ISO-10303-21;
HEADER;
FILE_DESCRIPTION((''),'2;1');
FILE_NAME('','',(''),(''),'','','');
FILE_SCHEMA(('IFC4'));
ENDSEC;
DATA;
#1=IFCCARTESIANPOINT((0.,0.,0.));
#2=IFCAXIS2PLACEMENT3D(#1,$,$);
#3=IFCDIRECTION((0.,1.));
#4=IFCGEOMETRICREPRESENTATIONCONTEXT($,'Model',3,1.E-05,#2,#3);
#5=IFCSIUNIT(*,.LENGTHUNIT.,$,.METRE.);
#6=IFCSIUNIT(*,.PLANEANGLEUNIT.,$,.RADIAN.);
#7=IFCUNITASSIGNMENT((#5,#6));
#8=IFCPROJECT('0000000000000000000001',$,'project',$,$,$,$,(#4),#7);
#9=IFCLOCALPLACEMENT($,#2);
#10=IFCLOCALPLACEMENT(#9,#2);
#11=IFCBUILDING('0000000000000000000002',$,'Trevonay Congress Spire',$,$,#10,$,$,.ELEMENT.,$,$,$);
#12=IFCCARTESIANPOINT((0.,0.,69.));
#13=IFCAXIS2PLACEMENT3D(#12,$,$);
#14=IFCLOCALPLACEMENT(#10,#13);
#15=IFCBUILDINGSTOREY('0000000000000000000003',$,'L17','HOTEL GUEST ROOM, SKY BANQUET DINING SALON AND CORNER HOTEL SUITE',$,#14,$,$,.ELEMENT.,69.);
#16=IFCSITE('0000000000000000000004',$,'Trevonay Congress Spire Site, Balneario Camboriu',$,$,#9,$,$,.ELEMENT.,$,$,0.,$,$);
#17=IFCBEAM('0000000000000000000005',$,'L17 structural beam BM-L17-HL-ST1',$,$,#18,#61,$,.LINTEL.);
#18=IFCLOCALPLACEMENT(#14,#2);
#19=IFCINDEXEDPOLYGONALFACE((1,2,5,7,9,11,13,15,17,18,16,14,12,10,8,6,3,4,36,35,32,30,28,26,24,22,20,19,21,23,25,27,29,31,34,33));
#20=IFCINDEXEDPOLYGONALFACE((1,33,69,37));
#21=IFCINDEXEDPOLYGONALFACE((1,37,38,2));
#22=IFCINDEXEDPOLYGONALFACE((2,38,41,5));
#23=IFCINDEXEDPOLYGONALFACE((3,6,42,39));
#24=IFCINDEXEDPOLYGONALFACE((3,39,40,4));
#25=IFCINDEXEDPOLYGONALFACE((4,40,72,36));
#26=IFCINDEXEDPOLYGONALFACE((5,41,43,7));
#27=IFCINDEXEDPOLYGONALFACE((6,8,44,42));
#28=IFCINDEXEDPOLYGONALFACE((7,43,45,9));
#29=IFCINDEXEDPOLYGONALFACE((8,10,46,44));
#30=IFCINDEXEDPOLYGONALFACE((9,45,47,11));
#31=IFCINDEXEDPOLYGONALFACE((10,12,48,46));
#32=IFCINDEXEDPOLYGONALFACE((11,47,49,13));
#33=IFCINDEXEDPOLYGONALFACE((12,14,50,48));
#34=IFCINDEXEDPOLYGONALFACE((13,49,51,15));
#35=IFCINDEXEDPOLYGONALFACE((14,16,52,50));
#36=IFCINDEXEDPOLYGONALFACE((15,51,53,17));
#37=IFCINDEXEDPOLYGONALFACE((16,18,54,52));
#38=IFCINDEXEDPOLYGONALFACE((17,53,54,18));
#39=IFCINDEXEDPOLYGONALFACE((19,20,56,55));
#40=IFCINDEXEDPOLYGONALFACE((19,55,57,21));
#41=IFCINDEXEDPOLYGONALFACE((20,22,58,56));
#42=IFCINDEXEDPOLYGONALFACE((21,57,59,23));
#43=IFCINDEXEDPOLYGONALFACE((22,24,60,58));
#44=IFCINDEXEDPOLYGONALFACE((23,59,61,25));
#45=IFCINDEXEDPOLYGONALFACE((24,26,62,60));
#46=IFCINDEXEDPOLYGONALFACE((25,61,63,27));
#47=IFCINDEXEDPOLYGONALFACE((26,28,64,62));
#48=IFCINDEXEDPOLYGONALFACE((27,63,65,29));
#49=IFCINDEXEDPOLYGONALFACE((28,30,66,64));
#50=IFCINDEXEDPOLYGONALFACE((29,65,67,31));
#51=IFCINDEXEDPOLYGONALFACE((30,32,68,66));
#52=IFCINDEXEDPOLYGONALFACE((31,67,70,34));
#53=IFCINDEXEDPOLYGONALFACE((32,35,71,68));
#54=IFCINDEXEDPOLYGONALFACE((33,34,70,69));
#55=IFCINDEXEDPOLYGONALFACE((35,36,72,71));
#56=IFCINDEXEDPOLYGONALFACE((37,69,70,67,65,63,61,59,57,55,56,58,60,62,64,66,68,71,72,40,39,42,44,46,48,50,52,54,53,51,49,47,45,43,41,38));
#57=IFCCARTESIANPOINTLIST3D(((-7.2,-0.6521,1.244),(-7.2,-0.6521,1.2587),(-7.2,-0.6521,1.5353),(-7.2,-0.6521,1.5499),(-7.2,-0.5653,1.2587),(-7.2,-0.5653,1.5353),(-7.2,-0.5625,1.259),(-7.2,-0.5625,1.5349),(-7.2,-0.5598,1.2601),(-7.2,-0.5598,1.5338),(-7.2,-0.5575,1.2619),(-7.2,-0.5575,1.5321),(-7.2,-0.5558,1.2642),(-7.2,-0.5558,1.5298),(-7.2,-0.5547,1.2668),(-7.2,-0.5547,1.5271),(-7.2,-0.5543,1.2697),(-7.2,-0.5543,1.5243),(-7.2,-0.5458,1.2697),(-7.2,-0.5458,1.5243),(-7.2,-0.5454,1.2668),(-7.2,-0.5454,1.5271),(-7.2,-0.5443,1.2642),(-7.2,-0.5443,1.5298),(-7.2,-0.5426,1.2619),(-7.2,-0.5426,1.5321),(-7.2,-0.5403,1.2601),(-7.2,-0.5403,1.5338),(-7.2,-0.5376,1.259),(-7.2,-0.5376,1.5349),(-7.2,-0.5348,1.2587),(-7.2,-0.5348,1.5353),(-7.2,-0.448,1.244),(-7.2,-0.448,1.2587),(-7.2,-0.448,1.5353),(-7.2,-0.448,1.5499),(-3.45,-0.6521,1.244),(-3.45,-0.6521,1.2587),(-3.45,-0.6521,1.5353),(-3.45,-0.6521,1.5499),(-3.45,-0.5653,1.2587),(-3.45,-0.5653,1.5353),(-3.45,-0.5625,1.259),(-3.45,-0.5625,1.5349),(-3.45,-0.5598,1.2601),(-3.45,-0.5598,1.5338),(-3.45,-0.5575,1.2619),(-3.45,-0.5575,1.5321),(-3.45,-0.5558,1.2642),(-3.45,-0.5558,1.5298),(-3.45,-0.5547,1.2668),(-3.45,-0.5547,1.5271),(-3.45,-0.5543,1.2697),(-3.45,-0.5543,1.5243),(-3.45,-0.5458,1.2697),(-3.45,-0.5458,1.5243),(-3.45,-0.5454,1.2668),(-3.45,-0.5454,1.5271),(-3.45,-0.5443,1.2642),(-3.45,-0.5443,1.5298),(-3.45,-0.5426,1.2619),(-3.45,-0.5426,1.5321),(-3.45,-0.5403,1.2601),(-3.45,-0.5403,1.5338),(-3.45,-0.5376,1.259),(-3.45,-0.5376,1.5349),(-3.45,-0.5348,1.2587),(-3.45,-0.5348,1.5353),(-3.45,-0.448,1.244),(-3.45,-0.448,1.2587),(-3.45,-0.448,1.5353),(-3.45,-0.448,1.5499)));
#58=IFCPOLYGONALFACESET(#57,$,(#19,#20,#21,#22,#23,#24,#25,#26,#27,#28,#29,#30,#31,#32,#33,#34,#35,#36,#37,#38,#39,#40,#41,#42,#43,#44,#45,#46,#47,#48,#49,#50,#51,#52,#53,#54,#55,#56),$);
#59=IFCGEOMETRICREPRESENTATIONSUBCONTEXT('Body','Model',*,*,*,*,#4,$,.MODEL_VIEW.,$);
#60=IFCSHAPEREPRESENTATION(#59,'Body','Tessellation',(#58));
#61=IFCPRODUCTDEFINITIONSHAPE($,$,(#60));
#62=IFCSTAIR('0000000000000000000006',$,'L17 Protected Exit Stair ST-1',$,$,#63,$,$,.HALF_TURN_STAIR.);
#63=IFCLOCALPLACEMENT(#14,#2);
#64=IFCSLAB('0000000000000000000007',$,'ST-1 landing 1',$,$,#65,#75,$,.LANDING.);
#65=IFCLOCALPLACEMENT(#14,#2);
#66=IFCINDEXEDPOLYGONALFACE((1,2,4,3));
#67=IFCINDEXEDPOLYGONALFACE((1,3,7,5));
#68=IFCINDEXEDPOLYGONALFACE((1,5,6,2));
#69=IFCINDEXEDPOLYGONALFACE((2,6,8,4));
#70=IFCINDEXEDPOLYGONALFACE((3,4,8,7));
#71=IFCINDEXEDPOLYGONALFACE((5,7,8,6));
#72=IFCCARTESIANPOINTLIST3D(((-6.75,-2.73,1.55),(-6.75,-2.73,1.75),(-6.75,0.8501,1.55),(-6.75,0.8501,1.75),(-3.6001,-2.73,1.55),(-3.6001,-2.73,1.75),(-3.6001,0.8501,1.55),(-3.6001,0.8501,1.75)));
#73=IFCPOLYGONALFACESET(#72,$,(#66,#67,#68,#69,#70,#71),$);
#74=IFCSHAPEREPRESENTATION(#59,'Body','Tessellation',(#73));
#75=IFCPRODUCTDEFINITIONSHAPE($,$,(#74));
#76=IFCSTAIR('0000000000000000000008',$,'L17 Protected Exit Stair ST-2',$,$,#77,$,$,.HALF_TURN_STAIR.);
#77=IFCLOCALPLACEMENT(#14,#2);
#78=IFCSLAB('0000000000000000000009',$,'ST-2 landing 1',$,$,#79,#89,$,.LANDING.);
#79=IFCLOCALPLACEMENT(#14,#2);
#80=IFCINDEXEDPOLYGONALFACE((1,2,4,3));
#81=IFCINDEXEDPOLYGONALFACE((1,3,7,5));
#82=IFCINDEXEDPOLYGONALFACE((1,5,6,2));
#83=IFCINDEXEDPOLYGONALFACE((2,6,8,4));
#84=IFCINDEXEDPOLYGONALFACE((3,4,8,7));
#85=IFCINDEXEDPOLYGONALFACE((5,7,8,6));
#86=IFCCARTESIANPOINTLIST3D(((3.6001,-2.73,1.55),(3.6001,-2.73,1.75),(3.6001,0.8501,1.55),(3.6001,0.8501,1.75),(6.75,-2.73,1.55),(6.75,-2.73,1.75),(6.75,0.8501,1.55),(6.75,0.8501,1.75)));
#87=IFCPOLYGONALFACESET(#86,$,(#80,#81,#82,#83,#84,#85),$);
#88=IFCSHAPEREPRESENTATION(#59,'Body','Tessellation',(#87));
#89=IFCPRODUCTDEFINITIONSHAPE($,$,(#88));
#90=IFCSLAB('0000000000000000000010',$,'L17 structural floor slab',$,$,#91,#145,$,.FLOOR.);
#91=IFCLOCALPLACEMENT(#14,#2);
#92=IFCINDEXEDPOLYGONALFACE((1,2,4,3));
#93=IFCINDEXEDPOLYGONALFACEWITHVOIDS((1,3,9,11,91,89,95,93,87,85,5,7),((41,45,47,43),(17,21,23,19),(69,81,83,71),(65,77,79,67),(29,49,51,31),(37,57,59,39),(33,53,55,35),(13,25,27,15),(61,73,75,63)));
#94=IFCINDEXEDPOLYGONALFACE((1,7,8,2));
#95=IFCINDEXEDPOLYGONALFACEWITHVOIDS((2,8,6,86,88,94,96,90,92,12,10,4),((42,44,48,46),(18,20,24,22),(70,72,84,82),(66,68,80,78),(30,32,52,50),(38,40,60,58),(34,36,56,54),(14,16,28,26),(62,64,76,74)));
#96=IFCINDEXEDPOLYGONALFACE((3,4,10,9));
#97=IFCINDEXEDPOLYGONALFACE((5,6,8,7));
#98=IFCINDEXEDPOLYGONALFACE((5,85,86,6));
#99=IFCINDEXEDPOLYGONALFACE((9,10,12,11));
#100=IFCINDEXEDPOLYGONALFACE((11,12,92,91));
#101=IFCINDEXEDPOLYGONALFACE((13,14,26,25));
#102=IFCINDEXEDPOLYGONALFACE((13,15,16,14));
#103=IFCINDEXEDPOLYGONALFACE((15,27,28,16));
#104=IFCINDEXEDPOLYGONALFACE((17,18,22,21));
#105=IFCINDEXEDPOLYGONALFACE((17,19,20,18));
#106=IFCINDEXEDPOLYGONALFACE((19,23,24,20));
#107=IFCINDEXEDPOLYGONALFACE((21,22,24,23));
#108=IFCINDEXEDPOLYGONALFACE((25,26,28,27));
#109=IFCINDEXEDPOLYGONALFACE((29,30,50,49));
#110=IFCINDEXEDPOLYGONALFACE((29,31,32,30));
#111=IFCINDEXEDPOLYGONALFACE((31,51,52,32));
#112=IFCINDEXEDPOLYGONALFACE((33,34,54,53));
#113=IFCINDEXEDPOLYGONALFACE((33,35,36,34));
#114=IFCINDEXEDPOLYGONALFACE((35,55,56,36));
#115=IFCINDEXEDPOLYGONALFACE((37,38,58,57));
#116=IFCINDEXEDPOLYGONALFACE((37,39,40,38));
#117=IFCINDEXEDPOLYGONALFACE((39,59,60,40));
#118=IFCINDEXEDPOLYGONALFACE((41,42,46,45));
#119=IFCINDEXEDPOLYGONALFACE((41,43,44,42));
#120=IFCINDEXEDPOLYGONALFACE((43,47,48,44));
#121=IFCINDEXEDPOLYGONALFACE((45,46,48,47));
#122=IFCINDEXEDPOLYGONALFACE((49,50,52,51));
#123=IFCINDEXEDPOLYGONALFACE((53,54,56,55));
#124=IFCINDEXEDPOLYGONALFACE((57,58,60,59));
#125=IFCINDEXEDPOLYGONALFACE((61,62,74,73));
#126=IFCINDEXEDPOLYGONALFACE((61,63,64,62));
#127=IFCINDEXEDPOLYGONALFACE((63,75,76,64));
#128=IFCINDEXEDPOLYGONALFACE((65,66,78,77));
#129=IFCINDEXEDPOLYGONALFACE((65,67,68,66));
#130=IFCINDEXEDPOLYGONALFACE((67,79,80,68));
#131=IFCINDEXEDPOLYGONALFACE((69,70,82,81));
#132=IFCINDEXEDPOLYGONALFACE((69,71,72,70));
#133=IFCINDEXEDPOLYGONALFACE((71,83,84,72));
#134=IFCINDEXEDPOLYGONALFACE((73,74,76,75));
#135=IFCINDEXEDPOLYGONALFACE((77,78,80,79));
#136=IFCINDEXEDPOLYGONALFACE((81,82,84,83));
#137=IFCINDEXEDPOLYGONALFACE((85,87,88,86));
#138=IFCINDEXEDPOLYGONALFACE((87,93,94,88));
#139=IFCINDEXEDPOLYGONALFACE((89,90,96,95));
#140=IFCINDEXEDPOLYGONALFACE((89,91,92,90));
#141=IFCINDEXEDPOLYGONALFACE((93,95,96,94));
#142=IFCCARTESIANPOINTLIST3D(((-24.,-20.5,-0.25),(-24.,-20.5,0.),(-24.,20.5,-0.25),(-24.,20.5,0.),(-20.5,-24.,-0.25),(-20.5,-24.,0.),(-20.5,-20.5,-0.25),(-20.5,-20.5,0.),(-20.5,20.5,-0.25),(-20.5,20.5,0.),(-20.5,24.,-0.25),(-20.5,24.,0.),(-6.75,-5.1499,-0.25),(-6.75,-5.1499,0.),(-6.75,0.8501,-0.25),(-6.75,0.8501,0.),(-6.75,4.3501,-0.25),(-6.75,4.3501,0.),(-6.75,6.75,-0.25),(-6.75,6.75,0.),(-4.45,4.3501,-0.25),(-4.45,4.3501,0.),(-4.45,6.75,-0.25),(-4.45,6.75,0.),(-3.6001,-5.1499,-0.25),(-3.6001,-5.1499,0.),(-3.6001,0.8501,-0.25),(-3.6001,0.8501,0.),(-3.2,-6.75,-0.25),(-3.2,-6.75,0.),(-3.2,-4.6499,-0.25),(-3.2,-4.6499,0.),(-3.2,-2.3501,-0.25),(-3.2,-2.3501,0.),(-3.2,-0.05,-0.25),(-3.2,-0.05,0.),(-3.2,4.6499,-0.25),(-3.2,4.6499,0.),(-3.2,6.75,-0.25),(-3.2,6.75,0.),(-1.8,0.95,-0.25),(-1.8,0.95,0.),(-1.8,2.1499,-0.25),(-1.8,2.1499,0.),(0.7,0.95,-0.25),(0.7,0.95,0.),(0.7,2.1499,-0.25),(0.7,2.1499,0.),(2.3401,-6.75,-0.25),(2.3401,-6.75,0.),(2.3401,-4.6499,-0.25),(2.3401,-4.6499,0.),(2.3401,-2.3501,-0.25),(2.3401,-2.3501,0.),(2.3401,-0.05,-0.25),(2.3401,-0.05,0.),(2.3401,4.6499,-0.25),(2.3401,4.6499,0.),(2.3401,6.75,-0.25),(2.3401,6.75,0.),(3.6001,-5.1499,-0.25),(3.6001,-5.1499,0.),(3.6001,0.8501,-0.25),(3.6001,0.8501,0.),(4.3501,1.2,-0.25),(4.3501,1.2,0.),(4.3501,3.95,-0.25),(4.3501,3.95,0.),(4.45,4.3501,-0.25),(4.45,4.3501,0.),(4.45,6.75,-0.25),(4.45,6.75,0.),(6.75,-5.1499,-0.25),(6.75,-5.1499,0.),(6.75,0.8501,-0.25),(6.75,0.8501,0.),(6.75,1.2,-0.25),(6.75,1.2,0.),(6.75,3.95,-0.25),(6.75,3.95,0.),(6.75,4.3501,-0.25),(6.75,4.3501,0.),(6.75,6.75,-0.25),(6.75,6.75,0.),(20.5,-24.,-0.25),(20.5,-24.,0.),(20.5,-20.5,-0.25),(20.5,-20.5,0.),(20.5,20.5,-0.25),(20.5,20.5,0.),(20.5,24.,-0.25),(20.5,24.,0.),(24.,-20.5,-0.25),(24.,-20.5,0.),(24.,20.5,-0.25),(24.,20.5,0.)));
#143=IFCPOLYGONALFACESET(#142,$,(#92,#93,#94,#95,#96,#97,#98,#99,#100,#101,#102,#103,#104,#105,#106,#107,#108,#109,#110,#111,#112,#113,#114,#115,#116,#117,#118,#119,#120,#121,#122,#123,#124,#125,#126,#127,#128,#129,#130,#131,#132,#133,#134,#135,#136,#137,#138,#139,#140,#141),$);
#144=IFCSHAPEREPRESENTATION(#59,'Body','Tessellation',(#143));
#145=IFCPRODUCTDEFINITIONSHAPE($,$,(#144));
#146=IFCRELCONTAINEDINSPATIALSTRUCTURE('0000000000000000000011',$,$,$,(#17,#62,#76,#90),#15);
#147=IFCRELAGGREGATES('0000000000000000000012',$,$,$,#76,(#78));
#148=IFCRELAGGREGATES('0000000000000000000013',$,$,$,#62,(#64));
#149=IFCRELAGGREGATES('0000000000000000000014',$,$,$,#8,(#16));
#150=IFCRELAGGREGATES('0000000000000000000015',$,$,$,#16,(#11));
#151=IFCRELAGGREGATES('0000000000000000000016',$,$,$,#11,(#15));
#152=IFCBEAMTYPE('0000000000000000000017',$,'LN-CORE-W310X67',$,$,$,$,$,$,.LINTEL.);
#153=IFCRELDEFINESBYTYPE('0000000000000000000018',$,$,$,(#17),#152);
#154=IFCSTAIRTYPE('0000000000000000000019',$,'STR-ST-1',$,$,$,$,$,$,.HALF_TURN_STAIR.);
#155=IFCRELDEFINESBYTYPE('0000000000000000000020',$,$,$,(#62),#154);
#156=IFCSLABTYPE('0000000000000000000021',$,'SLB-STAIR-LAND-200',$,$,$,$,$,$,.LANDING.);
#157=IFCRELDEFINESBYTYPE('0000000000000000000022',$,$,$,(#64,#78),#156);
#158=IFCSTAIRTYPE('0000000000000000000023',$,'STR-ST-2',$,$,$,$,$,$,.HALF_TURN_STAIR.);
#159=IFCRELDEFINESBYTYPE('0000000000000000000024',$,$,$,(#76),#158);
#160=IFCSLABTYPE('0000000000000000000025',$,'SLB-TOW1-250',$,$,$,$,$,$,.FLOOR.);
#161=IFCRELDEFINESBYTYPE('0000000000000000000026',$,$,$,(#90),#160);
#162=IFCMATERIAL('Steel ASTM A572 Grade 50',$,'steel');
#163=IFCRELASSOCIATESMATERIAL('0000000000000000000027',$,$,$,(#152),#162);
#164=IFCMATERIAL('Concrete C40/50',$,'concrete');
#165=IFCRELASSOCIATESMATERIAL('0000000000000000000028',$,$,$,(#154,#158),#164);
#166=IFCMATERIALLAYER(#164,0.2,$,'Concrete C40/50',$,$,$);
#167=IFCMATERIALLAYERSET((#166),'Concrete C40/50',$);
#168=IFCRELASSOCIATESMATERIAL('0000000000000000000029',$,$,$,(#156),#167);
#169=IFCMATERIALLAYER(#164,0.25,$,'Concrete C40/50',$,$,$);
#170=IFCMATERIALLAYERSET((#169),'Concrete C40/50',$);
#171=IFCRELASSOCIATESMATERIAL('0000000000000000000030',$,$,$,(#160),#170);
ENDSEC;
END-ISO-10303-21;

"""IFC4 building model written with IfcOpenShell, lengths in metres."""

from ifc_helpers import new_model, si_unit, direction, frame, origin, origin_2d, place, context, subcontext, project, spatial, polyline, i_section, outline, extrude, material, layer, layer_set, material_profile, profile_set, type_object, element, aggregate, save


model = new_model("IFC4")

# Units and contexts
model_context = context("Model", 3, precision=1e-05, world=origin(), true_north=direction((0.0, 1.0)))
body_context = subcontext(model_context, "Body", "Model", "MODEL_VIEW")
ifc_project = project(units=[si_unit("LENGTHUNIT", "METRE"), si_unit("PLANEANGLEUNIT", "RADIAN")], contexts=[model_context])

# Site, building, storey
site_placement = place(None, origin())
site = spatial("IfcSite", under=ifc_project, at=site_placement, Name="Trevonay Congress Spire Site, Balneario Camboriu", CompositionType="ELEMENT", RefElevation=0.0)
building_placement = place(site_placement, origin())
building = spatial("IfcBuilding", under=site, at=building_placement, Name="Trevonay Congress Spire", CompositionType="ELEMENT")
storey_placement = place(building_placement, frame((0.0, 0.0, 69.0)))
storey = spatial("IfcBuildingStorey", under=building, at=storey_placement, Name="L17", Description="HOTEL GUEST ROOM, SKY BANQUET DINING SALON AND CORNER HOTEL SUITE", CompositionType="ELEMENT", Elevation=69.0)

# Shared definitions
ifc_material_1 = material(Name="Steel ASTM A572 Grade 50", Category="steel")

# Beam
ifc_material_profile_1 = material_profile(ifc_material_1, i_section(OverallWidth=0.2041, OverallDepth=0.3059, WebThickness=0.0085, FlangeThickness=0.0146, FilletRadius=0.011, at=origin_2d()), Name="W310x67")
ifc_profile_set_1 = profile_set([ifc_material_profile_1], Name="Steel ASTM A572 Grade 50")
beam_type_1 = type_object("IfcBeamType", Name="LN-CORE-W310X67", PredefinedType="LINTEL", material=ifc_profile_set_1)
beam_1_placement = place(storey_placement, frame((-7.2, -0.55, 1.397), z_axis=(1.0, 0.0, 0.0), x_axis=(0.0, 1.0, 0.0)))
element("IfcBeam", 1, at=beam_1_placement, inside=storey, type_object=beam_type_1, Name="L17 structural beam BM-L17-HL-ST1", PredefinedType="LINTEL", context=body_context, shape_type="SweptSolid", body=[
    extrude(i_section(OverallWidth=0.2041, OverallDepth=0.3059, WebThickness=0.0085, FlangeThickness=0.0146, FilletRadius=0.011, at=origin_2d()), origin(), (0.0, 0.0, 1.0), 3.75),
])

# Stairs, slabs
ifc_material_2 = material(Name="Concrete C40/50", Category="concrete")
stair_type_1 = type_object("IfcStairType", Name="STR-ST-1", PredefinedType="HALF_TURN_STAIR", material=ifc_material_2)
stair_1_placement = place(storey_placement, origin())
stair_1 = element("IfcStair", 2, at=stair_1_placement, inside=storey, type_object=stair_type_1, Name="L17 Protected Exit Stair ST-1", PredefinedType="HALF_TURN_STAIR")
ifc_layer_1 = layer(ifc_material_2, 0.2, Name="Concrete C40/50")
ifc_layer_set_1 = layer_set([ifc_layer_1], Name="Concrete C40/50")
slab_type_1 = type_object("IfcSlabType", Name="SLB-STAIR-LAND-200", PredefinedType="LANDING", material=ifc_layer_set_1)
slab_1_placement = place(storey_placement, frame((0.0, 0.0, 1.55)))
slab_1 = element("IfcSlab", 3, at=slab_1_placement, type_object=slab_type_1, Name="ST-1 landing 1", PredefinedType="LANDING", context=body_context, shape_type="SweptSolid", body=[
    extrude(outline(polyline([(-3.6001, -2.73), (-3.6001, 0.8501), (-6.75, 0.8501), (-6.75, -2.73), (-3.6001, -2.73)])), origin(), (0.0, 0.0, 1.0), 0.2),
])
stair_type_2 = type_object("IfcStairType", Name="STR-ST-2", PredefinedType="HALF_TURN_STAIR", material=ifc_material_2)
stair_2_placement = place(storey_placement, origin())
stair_2 = element("IfcStair", 4, at=stair_2_placement, inside=storey, type_object=stair_type_2, Name="L17 Protected Exit Stair ST-2", PredefinedType="HALF_TURN_STAIR")
slab_2_placement = place(storey_placement, frame((0.0, 0.0, 1.55)))
slab_2 = element("IfcSlab", 5, at=slab_2_placement, type_object=slab_type_1, Name="ST-2 landing 1", PredefinedType="LANDING", context=body_context, shape_type="SweptSolid", body=[
    extrude(outline(polyline([(6.75, -2.73), (6.75, 0.8501), (3.6001, 0.8501), (3.6001, -2.73), (6.75, -2.73)])), origin(), (0.0, 0.0, 1.0), 0.2),
])
aggregate(stair_2, [slab_2])

# Slab
ifc_layer_2 = layer(ifc_material_2, 0.25, Name="Concrete C40/50")
ifc_layer_set_2 = layer_set([ifc_layer_2], Name="Concrete C40/50")
slab_type_2 = type_object("IfcSlabType", Name="SLB-TOW1-250", PredefinedType="FLOOR", material=ifc_layer_set_2)
slab_3_placement = place(storey_placement, frame((0.0, 0.0, -0.25)))
element("IfcSlab", 6, at=slab_3_placement, inside=storey, type_object=slab_type_2, Name="L17 structural floor slab", PredefinedType="FLOOR", context=body_context, shape_type="SweptSolid", body=[
    extrude(outline(polyline([(-20.5, -24.0), (20.5, -24.0), (20.5, -20.5), (24.0, -20.5), (24.0, 20.5), (20.5, 20.5), (20.5, 24.0), (-20.5, 24.0), (-20.5, 20.5), (-24.0, 20.5), (-24.0, -20.5), (-20.5, -20.5), (-20.5, -24.0)]), holes=[polyline([(-3.6001, -5.1499), (-3.6001, 0.8501), (-6.75, 0.8501), (-6.75, -5.1499), (-3.6001, -5.1499)]), polyline([(6.75, -5.1499), (6.75, 0.8501), (3.6001, 0.8501), (3.6001, -5.1499), (6.75, -5.1499)]), polyline([(-3.2, -6.75), (2.3401, -6.75), (2.3401, -4.6499), (-3.2, -4.6499), (-3.2, -6.75)]), polyline([(-3.2, -2.3501), (2.3401, -2.3501), (2.3401, -0.05), (-3.2, -0.05), (-3.2, -2.3501)]), polyline([(-3.2, 4.6499), (2.3401, 4.6499), (2.3401, 6.75), (-3.2, 6.75), (-3.2, 4.6499)]), polyline([(-6.75, 4.3501), (-4.45, 4.3501), (-4.45, 6.75), (-6.75, 6.75), (-6.75, 4.3501)]), polyline([(4.45, 4.3501), (6.75, 4.3501), (6.75, 6.75), (4.45, 6.75), (4.45, 4.3501)]), polyline([(4.3501, 1.2), (6.75, 1.2), (6.75, 3.95), (4.3501, 3.95), (4.3501, 1.2)]), polyline([(-1.8, 0.95), (0.7, 0.95), (0.7, 2.1499), (-1.8, 2.1499), (-1.8, 0.95)])]), origin(), (0.0, 0.0, 1.0), 0.25),
])

aggregate(stair_1, [slab_1])

save(model, "model.ifc")
